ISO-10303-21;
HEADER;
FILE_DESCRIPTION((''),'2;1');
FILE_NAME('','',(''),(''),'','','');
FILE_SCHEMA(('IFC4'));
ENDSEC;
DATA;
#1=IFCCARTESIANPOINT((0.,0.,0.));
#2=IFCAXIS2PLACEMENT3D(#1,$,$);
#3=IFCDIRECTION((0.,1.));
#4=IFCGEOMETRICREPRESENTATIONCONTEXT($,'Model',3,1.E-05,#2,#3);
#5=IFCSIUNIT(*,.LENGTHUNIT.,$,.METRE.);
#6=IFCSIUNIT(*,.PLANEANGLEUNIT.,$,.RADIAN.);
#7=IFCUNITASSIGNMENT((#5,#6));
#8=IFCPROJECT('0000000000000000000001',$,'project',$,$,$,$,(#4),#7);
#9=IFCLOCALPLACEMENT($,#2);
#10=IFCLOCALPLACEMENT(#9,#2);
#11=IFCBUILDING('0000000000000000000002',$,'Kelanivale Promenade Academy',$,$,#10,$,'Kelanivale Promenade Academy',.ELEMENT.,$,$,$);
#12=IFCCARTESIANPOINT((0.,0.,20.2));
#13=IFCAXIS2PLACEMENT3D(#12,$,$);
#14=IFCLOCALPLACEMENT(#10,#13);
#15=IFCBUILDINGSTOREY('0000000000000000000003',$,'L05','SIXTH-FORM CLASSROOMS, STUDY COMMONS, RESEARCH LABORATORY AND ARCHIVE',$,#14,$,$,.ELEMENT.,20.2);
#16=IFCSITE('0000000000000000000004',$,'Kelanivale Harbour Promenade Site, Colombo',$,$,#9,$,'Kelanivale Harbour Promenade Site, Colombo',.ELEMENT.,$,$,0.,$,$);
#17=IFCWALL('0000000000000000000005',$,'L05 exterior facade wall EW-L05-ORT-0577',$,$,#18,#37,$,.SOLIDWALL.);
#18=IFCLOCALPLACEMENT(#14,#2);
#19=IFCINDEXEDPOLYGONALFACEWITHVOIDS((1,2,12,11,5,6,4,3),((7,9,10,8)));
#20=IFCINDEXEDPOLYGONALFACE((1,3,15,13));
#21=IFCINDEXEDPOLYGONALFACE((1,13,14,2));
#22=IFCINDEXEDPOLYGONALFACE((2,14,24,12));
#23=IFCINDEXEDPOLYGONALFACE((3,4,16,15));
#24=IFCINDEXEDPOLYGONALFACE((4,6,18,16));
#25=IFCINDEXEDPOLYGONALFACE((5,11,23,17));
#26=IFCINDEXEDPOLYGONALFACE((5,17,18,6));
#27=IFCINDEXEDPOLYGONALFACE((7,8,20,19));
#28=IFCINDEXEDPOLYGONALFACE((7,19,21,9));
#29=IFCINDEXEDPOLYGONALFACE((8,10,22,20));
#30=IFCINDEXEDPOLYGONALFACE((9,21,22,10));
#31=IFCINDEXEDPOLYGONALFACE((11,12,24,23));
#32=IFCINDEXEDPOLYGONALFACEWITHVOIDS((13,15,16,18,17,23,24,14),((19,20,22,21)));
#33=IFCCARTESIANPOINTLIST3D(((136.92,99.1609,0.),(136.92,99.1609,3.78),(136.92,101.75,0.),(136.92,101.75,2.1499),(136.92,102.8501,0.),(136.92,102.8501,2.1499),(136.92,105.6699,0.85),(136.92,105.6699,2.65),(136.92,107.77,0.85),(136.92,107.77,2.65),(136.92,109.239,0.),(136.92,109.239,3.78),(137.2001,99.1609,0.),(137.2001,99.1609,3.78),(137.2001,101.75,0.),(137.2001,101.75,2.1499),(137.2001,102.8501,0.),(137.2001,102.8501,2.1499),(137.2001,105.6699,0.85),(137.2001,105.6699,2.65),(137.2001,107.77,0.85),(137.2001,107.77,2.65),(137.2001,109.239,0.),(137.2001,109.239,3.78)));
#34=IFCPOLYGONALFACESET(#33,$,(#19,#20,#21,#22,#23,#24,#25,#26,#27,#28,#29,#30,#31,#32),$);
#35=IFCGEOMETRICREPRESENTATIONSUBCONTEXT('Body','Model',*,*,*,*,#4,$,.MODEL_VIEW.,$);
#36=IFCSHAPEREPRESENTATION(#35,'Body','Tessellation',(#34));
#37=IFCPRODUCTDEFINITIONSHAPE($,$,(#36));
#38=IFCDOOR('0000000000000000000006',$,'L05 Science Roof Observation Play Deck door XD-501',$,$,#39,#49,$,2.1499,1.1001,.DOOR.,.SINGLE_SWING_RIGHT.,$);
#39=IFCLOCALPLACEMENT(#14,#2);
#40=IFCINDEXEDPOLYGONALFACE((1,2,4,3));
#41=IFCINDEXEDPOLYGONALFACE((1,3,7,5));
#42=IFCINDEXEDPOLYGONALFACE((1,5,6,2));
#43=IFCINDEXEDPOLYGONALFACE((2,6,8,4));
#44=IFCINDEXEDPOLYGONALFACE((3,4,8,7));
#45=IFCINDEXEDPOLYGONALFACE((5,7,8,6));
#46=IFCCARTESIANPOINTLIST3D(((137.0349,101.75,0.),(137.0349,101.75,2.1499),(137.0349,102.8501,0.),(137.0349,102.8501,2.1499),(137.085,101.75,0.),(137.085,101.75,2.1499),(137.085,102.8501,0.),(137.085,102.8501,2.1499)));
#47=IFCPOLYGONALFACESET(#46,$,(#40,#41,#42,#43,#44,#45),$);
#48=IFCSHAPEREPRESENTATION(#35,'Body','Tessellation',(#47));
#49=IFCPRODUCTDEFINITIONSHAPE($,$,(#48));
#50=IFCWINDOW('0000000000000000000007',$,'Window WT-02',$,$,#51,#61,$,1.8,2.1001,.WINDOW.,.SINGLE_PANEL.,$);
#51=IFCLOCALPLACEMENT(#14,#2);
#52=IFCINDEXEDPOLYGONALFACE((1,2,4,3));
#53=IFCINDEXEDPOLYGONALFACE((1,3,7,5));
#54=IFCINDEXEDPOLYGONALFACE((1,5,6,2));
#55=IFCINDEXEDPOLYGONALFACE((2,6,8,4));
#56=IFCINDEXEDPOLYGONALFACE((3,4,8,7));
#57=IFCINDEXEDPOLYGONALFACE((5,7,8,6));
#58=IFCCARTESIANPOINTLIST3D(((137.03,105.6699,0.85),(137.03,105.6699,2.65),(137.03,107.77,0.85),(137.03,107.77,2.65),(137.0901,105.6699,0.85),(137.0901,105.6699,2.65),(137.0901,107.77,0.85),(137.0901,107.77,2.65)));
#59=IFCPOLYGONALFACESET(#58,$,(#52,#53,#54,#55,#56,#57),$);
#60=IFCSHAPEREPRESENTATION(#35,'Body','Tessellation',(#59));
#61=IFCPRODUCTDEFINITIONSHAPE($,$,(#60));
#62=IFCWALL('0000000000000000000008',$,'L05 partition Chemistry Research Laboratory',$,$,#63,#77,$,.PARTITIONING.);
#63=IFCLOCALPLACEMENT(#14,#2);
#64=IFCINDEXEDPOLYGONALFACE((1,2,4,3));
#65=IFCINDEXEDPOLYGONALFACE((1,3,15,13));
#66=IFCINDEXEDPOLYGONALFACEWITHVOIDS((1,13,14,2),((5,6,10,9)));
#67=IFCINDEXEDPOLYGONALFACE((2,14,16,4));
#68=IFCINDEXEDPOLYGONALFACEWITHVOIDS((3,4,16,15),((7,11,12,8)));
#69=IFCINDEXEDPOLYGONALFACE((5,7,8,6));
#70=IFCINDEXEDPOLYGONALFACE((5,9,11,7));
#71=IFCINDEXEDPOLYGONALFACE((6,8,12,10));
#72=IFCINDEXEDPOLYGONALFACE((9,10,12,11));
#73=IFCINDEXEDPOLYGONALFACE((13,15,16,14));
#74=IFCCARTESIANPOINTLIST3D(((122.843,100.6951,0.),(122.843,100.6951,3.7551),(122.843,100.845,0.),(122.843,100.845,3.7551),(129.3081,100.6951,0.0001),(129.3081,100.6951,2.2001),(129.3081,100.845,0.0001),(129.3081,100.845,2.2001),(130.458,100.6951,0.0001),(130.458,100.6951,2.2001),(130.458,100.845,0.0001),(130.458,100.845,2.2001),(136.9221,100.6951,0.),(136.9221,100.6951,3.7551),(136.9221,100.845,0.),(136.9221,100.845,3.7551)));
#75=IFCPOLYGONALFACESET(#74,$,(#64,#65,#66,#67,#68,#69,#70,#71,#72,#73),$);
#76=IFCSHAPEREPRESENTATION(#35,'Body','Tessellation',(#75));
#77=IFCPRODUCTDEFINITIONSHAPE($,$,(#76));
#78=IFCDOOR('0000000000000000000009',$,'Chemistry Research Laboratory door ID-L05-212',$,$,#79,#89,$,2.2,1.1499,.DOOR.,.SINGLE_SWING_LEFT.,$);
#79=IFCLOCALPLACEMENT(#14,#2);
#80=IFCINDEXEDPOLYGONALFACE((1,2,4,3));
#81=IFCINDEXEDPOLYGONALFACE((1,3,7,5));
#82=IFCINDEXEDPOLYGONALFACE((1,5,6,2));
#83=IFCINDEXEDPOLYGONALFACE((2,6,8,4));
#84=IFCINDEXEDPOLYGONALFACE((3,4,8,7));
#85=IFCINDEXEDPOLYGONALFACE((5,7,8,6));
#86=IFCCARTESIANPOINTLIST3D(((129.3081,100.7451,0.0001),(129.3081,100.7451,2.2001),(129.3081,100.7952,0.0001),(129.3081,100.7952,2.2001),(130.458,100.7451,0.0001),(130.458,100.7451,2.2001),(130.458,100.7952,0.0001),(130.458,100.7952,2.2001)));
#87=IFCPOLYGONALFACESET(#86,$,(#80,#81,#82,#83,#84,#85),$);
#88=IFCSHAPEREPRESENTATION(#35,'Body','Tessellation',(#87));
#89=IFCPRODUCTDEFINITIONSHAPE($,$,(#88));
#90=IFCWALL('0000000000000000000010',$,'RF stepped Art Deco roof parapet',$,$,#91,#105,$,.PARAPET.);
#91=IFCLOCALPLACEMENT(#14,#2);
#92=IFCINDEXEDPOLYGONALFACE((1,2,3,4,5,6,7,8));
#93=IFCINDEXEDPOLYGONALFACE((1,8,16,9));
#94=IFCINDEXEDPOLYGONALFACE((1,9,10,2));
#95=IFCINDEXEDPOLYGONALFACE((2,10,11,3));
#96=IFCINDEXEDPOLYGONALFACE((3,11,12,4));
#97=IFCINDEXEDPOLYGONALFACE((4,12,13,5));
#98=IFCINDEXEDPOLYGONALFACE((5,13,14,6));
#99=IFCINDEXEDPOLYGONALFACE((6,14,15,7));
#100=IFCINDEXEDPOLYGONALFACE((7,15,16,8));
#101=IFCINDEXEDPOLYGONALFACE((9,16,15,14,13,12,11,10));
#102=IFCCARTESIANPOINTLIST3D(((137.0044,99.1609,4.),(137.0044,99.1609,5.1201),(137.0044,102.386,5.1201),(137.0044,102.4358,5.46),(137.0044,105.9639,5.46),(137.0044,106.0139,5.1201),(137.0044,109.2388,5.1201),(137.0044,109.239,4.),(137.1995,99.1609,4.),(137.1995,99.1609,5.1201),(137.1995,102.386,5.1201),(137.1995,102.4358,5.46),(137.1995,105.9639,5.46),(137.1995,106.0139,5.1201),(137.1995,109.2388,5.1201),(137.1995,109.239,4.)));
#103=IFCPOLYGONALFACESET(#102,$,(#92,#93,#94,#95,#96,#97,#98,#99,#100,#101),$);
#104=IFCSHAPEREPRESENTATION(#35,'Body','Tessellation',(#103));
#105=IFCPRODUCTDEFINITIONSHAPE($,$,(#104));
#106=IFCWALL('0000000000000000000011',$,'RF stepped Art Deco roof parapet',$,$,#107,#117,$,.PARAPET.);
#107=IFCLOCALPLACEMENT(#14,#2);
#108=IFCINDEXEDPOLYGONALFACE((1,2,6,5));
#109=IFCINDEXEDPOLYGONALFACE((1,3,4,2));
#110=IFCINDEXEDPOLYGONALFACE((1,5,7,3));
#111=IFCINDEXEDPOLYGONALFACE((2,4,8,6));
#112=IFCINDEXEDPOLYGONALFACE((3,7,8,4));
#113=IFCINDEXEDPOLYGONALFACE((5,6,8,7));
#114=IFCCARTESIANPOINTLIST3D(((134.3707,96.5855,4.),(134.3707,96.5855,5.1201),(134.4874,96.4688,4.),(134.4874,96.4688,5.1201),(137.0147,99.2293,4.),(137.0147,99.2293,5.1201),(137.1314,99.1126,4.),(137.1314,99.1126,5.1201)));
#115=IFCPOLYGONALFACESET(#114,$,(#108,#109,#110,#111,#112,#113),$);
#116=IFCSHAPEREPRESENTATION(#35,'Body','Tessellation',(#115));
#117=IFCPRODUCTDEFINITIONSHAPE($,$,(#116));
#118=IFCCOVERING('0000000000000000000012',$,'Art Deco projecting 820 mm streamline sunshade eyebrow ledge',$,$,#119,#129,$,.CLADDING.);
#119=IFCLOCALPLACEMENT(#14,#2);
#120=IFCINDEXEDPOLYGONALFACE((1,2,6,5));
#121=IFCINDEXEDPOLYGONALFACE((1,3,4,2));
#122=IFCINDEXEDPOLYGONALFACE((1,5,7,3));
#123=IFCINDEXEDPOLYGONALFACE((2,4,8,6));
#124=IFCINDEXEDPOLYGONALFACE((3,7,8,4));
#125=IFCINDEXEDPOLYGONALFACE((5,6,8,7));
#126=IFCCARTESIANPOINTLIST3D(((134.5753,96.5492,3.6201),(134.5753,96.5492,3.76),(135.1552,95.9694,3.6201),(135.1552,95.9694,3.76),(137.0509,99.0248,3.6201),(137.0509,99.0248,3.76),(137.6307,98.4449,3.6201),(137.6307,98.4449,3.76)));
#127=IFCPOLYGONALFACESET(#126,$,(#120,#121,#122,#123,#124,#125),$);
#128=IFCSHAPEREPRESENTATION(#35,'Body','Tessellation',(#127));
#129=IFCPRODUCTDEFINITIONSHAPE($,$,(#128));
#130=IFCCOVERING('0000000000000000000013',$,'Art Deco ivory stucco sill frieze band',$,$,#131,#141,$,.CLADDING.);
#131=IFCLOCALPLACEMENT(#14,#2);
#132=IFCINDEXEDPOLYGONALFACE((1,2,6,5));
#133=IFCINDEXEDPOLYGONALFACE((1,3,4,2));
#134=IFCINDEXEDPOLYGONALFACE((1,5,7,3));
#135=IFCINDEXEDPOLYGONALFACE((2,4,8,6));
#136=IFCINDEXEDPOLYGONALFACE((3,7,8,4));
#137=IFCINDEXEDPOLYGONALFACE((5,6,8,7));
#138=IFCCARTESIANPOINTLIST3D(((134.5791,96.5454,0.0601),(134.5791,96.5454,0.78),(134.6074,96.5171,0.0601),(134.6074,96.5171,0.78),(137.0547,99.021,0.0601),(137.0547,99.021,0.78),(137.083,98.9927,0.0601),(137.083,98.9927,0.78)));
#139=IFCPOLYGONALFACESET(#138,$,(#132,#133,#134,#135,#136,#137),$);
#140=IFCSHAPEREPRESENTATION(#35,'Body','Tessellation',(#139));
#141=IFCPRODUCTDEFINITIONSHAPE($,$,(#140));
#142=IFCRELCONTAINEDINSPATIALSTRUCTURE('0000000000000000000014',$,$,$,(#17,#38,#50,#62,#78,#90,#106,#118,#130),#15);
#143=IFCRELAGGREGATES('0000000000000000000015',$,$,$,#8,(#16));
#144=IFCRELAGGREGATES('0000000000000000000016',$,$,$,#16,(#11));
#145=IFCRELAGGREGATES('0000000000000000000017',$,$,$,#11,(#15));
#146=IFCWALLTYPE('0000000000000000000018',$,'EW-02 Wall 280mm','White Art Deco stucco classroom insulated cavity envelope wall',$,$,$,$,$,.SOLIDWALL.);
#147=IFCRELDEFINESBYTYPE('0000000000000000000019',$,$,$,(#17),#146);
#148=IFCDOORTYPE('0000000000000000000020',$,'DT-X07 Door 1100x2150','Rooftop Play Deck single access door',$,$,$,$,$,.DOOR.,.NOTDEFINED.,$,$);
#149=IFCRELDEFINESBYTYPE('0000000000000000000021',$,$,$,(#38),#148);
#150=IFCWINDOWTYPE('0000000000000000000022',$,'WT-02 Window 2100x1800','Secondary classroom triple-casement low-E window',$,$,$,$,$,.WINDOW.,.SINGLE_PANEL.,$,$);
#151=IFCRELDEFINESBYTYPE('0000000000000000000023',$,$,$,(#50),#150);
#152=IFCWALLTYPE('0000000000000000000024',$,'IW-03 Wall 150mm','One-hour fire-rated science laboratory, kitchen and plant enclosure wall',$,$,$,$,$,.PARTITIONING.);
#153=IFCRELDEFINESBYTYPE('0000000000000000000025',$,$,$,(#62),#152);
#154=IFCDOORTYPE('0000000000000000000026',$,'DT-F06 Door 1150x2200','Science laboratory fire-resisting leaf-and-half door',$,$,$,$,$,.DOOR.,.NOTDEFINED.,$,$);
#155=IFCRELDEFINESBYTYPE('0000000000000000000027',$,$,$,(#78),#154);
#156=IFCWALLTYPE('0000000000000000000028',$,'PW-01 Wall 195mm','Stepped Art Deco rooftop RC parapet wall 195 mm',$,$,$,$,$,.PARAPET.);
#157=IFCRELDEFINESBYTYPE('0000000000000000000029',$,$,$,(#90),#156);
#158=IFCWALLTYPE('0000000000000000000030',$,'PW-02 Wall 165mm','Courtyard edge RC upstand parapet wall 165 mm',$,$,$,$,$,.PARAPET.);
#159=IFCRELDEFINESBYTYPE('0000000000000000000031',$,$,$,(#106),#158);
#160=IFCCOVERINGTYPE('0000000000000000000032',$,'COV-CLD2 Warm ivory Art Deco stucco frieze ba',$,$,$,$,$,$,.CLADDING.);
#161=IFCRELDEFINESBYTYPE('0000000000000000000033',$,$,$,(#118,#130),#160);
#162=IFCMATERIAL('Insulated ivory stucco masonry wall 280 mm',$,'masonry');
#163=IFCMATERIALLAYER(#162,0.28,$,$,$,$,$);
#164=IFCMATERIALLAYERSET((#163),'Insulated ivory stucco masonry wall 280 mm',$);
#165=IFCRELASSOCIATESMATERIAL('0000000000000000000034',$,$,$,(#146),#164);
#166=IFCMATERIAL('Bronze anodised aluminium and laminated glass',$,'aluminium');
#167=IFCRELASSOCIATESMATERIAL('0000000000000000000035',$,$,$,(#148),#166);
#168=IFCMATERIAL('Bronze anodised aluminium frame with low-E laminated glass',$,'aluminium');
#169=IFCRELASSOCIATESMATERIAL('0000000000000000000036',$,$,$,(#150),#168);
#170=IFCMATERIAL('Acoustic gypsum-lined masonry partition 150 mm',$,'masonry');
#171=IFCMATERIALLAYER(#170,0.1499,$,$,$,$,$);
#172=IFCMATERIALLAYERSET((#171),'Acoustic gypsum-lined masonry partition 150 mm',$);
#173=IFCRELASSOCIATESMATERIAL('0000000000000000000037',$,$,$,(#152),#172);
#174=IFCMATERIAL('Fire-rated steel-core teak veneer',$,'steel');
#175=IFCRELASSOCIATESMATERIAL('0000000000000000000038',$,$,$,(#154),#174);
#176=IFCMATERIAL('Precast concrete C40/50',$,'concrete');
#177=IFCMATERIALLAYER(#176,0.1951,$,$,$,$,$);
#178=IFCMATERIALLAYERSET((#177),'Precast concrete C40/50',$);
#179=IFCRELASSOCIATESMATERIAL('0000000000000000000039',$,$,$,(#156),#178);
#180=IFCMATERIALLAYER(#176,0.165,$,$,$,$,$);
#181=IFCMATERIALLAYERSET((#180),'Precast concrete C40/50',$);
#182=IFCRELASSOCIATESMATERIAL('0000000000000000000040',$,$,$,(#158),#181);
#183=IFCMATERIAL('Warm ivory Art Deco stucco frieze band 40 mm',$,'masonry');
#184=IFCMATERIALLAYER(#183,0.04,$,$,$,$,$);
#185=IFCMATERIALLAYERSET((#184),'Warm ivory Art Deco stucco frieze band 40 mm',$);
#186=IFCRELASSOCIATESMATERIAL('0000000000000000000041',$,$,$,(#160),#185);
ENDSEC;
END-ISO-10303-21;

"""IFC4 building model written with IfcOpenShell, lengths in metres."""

from ifc_helpers import new_model, si_unit, direction, frame, frame_2d, origin, origin_2d, place, context, subcontext, project, spatial, polyline, rectangle, outline, extrude, material, layer, layer_set, type_object, element, fill, save


model = new_model("IFC4")

# Units and contexts
model_context = context("Model", 3, precision=1e-05, world=origin(), true_north=direction((0.0, 1.0)))
body_context = subcontext(model_context, "Body", "Model", "MODEL_VIEW")
ifc_project = project(units=[si_unit("LENGTHUNIT", "METRE"), si_unit("PLANEANGLEUNIT", "RADIAN")], contexts=[model_context])

# Site, building, storey
site_placement = place(None, origin())
site = spatial("IfcSite", under=ifc_project, at=site_placement, Name="Kelanivale Harbour Promenade Site, Colombo", LongName="Kelanivale Harbour Promenade Site, Colombo", CompositionType="ELEMENT", RefElevation=0.0)
building_placement = place(site_placement, origin())
building = spatial("IfcBuilding", under=site, at=building_placement, Name="Kelanivale Promenade Academy", LongName="Kelanivale Promenade Academy", CompositionType="ELEMENT")
storey_placement = place(building_placement, frame((0.0, 0.0, 20.2)))
storey = spatial("IfcBuildingStorey", under=building, at=storey_placement, Name="L05", Description="SIXTH-FORM CLASSROOMS, STUDY COMMONS, RESEARCH LABORATORY AND ARCHIVE", CompositionType="ELEMENT", Elevation=20.2)

# Shared definitions
ifc_material_1 = material(Name="Insulated ivory stucco masonry wall 280 mm", Category="masonry")
ifc_layer_1 = layer(ifc_material_1, 0.28)
ifc_layer_set_1 = layer_set([ifc_layer_1], Name="Insulated ivory stucco masonry wall 280 mm")
wall_type_1 = type_object("IfcWallType", Name="EW-02 Wall 280mm", Description="White Art Deco stucco classroom insulated cavity envelope wall", PredefinedType="SOLIDWALL", material=ifc_layer_set_1)

# Wall, openings, door, window
wall_1_placement = place(storey_placement, frame((137.0601, 99.1609, 0.0), z_axis=(0.0, 0.0, 1.0), x_axis=(0.0, 1.0, 0.0)))
wall_1 = element("IfcWall", 1, at=wall_1_placement, inside=storey, type_object=wall_type_1, Name="L05 exterior facade wall EW-L05-ORT-0577", PredefinedType="SOLIDWALL", context=body_context, shape_type="SweptSolid", body=[
    extrude(rectangle(XDim=10.0781, YDim=0.28, at=frame_2d((5.0391, 0.0))), origin(), (0.0, 0.0, 1.0), 3.78),
])
opening_1_placement = place(wall_1_placement, frame((2.5891, 0.0, 0.0)))
opening_1 = element("IfcOpeningElement", 2, at=opening_1_placement, cuts=wall_1, PredefinedType="OPENING", context=body_context, shape_type="SweptSolid", body=[
    extrude(rectangle(XDim=1.1001, YDim=2.1499, at=frame_2d((0.55, 1.075))), frame((0.0, 0.1499, 0.0), z_axis=(0.0, -1.0, 0.0), x_axis=(1.0, 0.0, 0.0)), (0.0, 0.0, 1.0), 0.3),
])
opening_2_placement = place(wall_1_placement, frame((6.509, 0.0, 0.8501)))
opening_2 = element("IfcOpeningElement", 3, at=opening_2_placement, cuts=wall_1, PredefinedType="OPENING", context=body_context, shape_type="SweptSolid", body=[
    extrude(rectangle(XDim=2.1001, YDim=1.8, at=frame_2d((1.05, 0.8999))), frame((0.0, 0.1499, 0.0), z_axis=(0.0, -1.0, 0.0), x_axis=(1.0, 0.0, 0.0)), (0.0, 0.0, 1.0), 0.3),
])
ifc_material_2 = material(Name="Bronze anodised aluminium and laminated glass", Category="aluminium")
door_type_1 = type_object("IfcDoorType", Name="DT-X07 Door 1100x2150", Description="Rooftop Play Deck single access door", OperationType="NOTDEFINED", PredefinedType="DOOR", material=ifc_material_2)
door_1_placement = place(opening_1_placement, frame((1.1001, 0.0, 0.0), z_axis=(0.0, 0.0, 1.0), x_axis=(-1.0, 0.0, 0.0)))
door_1 = element("IfcDoor", 4, at=door_1_placement, inside=storey, type_object=door_type_1, Name="L05 Science Roof Observation Play Deck door XD-501", OperationType="SINGLE_SWING_RIGHT", OverallHeight=2.1499, OverallWidth=1.1001, PredefinedType="DOOR", context=body_context, shape_type="SweptSolid", body=[
    extrude(rectangle(XDim=1.1001, YDim=2.1499, at=frame_2d((0.55, 1.075))), frame((0.0, 0.0249, 0.0), z_axis=(0.0, -1.0, 0.0), x_axis=(1.0, 0.0, 0.0)), (0.0, 0.0, 1.0), 0.05),
])
fill(opening_1, door_1)
ifc_material_3 = material(Name="Bronze anodised aluminium frame with low-E laminated glass", Category="aluminium")
window_type = type_object("IfcWindowType", Name="WT-02 Window 2100x1800", Description="Secondary classroom triple-casement low-E window", PartitioningType="SINGLE_PANEL", PredefinedType="WINDOW", material=ifc_material_3)
window_placement = place(opening_2_placement, origin())
window = element("IfcWindow", 5, at=window_placement, inside=storey, type_object=window_type, Name="Window WT-02", OverallHeight=1.8, OverallWidth=2.1001, PartitioningType="SINGLE_PANEL", PredefinedType="WINDOW", context=body_context, shape_type="SweptSolid", body=[
    extrude(rectangle(XDim=2.1001, YDim=1.8, at=frame_2d((1.05, 0.8999))), frame((0.0, 0.03, 0.0), z_axis=(0.0, -1.0, 0.0), x_axis=(1.0, 0.0, 0.0)), (0.0, 0.0, 1.0), 0.0601),
])
fill(opening_2, window)

# Wall, opening, door
ifc_material_4 = material(Name="Acoustic gypsum-lined masonry partition 150 mm", Category="masonry")
ifc_layer_2 = layer(ifc_material_4, 0.1499)
ifc_layer_set_2 = layer_set([ifc_layer_2], Name="Acoustic gypsum-lined masonry partition 150 mm")
wall_type_2 = type_object("IfcWallType", Name="IW-03 Wall 150mm", Description="One-hour fire-rated science laboratory, kitchen and plant enclosure wall", PredefinedType="PARTITIONING", material=ifc_layer_set_2)
wall_2_placement = place(storey_placement, frame((136.9221, 100.77, 0.0), z_axis=(0.0, 0.0, 1.0), x_axis=(-1.0, 0.0, 0.0)))
wall_2 = element("IfcWall", 6, at=wall_2_placement, inside=storey, type_object=wall_type_2, Name="L05 partition Chemistry Research Laboratory", PredefinedType="PARTITIONING", context=body_context, shape_type="SweptSolid", body=[
    extrude(rectangle(XDim=14.0791, YDim=0.1499, at=frame_2d((7.0396, 0.0))), origin(), (0.0, 0.0, 1.0), 3.7551),
])
opening_3_placement = place(wall_2_placement, frame((6.4641, 0.0, 0.0)))
opening_3 = element("IfcOpeningElement", 7, at=opening_3_placement, cuts=wall_2, PredefinedType="OPENING", context=body_context, shape_type="SweptSolid", body=[
    extrude(rectangle(XDim=1.1499, YDim=2.2, at=frame_2d((0.575, 1.1001))), frame((0.0, 0.085, 0.0), z_axis=(0.0, -1.0, 0.0), x_axis=(1.0, 0.0, 0.0)), (0.0, 0.0, 1.0), 0.1699),
])
ifc_material_5 = material(Name="Fire-rated steel-core teak veneer", Category="steel")
door_type_2 = type_object("IfcDoorType", Name="DT-F06 Door 1150x2200", Description="Science laboratory fire-resisting leaf-and-half door", OperationType="NOTDEFINED", PredefinedType="DOOR", material=ifc_material_5)
door_2_placement = place(opening_3_placement, origin())
door_2 = element("IfcDoor", 8, at=door_2_placement, inside=storey, type_object=door_type_2, Name="Chemistry Research Laboratory door ID-L05-212", OperationType="SINGLE_SWING_LEFT", OverallHeight=2.2, OverallWidth=1.1499, PredefinedType="DOOR", context=body_context, shape_type="SweptSolid", body=[
    extrude(rectangle(XDim=1.1499, YDim=2.2, at=frame_2d((0.575, 1.1001))), frame((0.0, 0.0249, 0.0), z_axis=(0.0, -1.0, 0.0), x_axis=(1.0, 0.0, 0.0)), (0.0, 0.0, 1.0), 0.05),
])
fill(opening_3, door_2)

# Walls
ifc_material_6 = material(Name="Precast concrete C40/50", Category="concrete")
ifc_layer_3 = layer(ifc_material_6, 0.1951)
ifc_layer_set_3 = layer_set([ifc_layer_3], Name="Precast concrete C40/50")
wall_type_3 = type_object("IfcWallType", Name="PW-01 Wall 195mm", Description="Stepped Art Deco rooftop RC parapet wall 195 mm", PredefinedType="PARAPET", material=ifc_layer_set_3)
wall_3_placement = place(storey_placement, frame((137.1021, 99.1609, 4.0), z_axis=(0.0, 0.0, 1.0), x_axis=(0.0, 1.0, 0.0)))
element("IfcWall", 9, at=wall_3_placement, inside=storey, type_object=wall_type_3, Name="RF stepped Art Deco roof parapet", PredefinedType="PARAPET", context=body_context, shape_type="SweptSolid", body=[
    extrude(outline(polyline([(0.0, 0.0), (10.0781, 0.0), (10.0779, 1.1201), (6.853, 1.1201), (6.803, 1.46), (3.2749, 1.46), (3.2251, 1.1201), (0.0, 1.1201), (0.0, 0.0)])), frame((0.0, 0.0977, 0.0), z_axis=(0.0, -1.0, 0.0), x_axis=(1.0, 0.0, 0.0)), (0.0, 0.0, 1.0), 0.1951),
])
ifc_layer_4 = layer(ifc_material_6, 0.165)
ifc_layer_set_4 = layer_set([ifc_layer_4], Name="Precast concrete C40/50")
wall_type_4 = type_object("IfcWallType", Name="PW-02 Wall 165mm", Description="Courtyard edge RC upstand parapet wall 165 mm", PredefinedType="PARAPET", material=ifc_layer_set_4)
wall_4_placement = place(storey_placement, frame((134.429, 96.5271, 4.0), z_axis=(0.0, 0.0, 1.0), x_axis=(0.707139, 0.707074, 0.0)))
element("IfcWall", 10, at=wall_4_placement, inside=storey, type_object=wall_type_4, Name="RF stepped Art Deco roof parapet", PredefinedType="PARAPET", context=body_context, shape_type="SweptSolid", body=[
    extrude(rectangle(XDim=3.739, YDim=0.165, at=frame_2d((1.8696, 0.0))), origin(), (0.0, 0.0, 1.0), 1.1201),
])

# Coverings
ifc_material_7 = material(Name="Warm ivory Art Deco stucco frieze band 40 mm", Category="masonry")
ifc_layer_5 = layer(ifc_material_7, 0.04)
ifc_layer_set_5 = layer_set([ifc_layer_5], Name="Warm ivory Art Deco stucco frieze band 40 mm")
covering_type = type_object("IfcCoveringType", Name="COV-CLD2 Warm ivory Art Deco stucco frieze ba", PredefinedType="CLADDING", material=ifc_layer_set_5)
covering_1_placement = place(storey_placement, frame((136.103, 97.4971, 3.6201), z_axis=(0.0, 0.0, 1.0), x_axis=(0.707107, 0.707107, 0.0)))
element("IfcCovering", 11, at=covering_1_placement, inside=storey, type_object=covering_type, Name="Art Deco projecting 820 mm streamline sunshade eyebrow ledge", PredefinedType="CLADDING", context=body_context, shape_type="SweptSolid", body=[
    extrude(rectangle(XDim=3.501, YDim=0.8201, at=origin_2d()), origin(), (0.0, 0.0, 1.0), 0.1399),
])
covering_2_placement = place(storey_placement, frame((135.8311, 97.769, 0.0601), z_axis=(0.0, 0.0, 1.0), x_axis=(0.707107, 0.707107, 0.0)))
element("IfcCovering", 12, at=covering_2_placement, inside=storey, type_object=covering_type, Name="Art Deco ivory stucco sill frieze band", PredefinedType="CLADDING", context=body_context, shape_type="SweptSolid", body=[
    extrude(rectangle(XDim=3.501, YDim=0.04, at=origin_2d()), origin(), (0.0, 0.0, 1.0), 0.72),
])

save(model, "model.ifc")
